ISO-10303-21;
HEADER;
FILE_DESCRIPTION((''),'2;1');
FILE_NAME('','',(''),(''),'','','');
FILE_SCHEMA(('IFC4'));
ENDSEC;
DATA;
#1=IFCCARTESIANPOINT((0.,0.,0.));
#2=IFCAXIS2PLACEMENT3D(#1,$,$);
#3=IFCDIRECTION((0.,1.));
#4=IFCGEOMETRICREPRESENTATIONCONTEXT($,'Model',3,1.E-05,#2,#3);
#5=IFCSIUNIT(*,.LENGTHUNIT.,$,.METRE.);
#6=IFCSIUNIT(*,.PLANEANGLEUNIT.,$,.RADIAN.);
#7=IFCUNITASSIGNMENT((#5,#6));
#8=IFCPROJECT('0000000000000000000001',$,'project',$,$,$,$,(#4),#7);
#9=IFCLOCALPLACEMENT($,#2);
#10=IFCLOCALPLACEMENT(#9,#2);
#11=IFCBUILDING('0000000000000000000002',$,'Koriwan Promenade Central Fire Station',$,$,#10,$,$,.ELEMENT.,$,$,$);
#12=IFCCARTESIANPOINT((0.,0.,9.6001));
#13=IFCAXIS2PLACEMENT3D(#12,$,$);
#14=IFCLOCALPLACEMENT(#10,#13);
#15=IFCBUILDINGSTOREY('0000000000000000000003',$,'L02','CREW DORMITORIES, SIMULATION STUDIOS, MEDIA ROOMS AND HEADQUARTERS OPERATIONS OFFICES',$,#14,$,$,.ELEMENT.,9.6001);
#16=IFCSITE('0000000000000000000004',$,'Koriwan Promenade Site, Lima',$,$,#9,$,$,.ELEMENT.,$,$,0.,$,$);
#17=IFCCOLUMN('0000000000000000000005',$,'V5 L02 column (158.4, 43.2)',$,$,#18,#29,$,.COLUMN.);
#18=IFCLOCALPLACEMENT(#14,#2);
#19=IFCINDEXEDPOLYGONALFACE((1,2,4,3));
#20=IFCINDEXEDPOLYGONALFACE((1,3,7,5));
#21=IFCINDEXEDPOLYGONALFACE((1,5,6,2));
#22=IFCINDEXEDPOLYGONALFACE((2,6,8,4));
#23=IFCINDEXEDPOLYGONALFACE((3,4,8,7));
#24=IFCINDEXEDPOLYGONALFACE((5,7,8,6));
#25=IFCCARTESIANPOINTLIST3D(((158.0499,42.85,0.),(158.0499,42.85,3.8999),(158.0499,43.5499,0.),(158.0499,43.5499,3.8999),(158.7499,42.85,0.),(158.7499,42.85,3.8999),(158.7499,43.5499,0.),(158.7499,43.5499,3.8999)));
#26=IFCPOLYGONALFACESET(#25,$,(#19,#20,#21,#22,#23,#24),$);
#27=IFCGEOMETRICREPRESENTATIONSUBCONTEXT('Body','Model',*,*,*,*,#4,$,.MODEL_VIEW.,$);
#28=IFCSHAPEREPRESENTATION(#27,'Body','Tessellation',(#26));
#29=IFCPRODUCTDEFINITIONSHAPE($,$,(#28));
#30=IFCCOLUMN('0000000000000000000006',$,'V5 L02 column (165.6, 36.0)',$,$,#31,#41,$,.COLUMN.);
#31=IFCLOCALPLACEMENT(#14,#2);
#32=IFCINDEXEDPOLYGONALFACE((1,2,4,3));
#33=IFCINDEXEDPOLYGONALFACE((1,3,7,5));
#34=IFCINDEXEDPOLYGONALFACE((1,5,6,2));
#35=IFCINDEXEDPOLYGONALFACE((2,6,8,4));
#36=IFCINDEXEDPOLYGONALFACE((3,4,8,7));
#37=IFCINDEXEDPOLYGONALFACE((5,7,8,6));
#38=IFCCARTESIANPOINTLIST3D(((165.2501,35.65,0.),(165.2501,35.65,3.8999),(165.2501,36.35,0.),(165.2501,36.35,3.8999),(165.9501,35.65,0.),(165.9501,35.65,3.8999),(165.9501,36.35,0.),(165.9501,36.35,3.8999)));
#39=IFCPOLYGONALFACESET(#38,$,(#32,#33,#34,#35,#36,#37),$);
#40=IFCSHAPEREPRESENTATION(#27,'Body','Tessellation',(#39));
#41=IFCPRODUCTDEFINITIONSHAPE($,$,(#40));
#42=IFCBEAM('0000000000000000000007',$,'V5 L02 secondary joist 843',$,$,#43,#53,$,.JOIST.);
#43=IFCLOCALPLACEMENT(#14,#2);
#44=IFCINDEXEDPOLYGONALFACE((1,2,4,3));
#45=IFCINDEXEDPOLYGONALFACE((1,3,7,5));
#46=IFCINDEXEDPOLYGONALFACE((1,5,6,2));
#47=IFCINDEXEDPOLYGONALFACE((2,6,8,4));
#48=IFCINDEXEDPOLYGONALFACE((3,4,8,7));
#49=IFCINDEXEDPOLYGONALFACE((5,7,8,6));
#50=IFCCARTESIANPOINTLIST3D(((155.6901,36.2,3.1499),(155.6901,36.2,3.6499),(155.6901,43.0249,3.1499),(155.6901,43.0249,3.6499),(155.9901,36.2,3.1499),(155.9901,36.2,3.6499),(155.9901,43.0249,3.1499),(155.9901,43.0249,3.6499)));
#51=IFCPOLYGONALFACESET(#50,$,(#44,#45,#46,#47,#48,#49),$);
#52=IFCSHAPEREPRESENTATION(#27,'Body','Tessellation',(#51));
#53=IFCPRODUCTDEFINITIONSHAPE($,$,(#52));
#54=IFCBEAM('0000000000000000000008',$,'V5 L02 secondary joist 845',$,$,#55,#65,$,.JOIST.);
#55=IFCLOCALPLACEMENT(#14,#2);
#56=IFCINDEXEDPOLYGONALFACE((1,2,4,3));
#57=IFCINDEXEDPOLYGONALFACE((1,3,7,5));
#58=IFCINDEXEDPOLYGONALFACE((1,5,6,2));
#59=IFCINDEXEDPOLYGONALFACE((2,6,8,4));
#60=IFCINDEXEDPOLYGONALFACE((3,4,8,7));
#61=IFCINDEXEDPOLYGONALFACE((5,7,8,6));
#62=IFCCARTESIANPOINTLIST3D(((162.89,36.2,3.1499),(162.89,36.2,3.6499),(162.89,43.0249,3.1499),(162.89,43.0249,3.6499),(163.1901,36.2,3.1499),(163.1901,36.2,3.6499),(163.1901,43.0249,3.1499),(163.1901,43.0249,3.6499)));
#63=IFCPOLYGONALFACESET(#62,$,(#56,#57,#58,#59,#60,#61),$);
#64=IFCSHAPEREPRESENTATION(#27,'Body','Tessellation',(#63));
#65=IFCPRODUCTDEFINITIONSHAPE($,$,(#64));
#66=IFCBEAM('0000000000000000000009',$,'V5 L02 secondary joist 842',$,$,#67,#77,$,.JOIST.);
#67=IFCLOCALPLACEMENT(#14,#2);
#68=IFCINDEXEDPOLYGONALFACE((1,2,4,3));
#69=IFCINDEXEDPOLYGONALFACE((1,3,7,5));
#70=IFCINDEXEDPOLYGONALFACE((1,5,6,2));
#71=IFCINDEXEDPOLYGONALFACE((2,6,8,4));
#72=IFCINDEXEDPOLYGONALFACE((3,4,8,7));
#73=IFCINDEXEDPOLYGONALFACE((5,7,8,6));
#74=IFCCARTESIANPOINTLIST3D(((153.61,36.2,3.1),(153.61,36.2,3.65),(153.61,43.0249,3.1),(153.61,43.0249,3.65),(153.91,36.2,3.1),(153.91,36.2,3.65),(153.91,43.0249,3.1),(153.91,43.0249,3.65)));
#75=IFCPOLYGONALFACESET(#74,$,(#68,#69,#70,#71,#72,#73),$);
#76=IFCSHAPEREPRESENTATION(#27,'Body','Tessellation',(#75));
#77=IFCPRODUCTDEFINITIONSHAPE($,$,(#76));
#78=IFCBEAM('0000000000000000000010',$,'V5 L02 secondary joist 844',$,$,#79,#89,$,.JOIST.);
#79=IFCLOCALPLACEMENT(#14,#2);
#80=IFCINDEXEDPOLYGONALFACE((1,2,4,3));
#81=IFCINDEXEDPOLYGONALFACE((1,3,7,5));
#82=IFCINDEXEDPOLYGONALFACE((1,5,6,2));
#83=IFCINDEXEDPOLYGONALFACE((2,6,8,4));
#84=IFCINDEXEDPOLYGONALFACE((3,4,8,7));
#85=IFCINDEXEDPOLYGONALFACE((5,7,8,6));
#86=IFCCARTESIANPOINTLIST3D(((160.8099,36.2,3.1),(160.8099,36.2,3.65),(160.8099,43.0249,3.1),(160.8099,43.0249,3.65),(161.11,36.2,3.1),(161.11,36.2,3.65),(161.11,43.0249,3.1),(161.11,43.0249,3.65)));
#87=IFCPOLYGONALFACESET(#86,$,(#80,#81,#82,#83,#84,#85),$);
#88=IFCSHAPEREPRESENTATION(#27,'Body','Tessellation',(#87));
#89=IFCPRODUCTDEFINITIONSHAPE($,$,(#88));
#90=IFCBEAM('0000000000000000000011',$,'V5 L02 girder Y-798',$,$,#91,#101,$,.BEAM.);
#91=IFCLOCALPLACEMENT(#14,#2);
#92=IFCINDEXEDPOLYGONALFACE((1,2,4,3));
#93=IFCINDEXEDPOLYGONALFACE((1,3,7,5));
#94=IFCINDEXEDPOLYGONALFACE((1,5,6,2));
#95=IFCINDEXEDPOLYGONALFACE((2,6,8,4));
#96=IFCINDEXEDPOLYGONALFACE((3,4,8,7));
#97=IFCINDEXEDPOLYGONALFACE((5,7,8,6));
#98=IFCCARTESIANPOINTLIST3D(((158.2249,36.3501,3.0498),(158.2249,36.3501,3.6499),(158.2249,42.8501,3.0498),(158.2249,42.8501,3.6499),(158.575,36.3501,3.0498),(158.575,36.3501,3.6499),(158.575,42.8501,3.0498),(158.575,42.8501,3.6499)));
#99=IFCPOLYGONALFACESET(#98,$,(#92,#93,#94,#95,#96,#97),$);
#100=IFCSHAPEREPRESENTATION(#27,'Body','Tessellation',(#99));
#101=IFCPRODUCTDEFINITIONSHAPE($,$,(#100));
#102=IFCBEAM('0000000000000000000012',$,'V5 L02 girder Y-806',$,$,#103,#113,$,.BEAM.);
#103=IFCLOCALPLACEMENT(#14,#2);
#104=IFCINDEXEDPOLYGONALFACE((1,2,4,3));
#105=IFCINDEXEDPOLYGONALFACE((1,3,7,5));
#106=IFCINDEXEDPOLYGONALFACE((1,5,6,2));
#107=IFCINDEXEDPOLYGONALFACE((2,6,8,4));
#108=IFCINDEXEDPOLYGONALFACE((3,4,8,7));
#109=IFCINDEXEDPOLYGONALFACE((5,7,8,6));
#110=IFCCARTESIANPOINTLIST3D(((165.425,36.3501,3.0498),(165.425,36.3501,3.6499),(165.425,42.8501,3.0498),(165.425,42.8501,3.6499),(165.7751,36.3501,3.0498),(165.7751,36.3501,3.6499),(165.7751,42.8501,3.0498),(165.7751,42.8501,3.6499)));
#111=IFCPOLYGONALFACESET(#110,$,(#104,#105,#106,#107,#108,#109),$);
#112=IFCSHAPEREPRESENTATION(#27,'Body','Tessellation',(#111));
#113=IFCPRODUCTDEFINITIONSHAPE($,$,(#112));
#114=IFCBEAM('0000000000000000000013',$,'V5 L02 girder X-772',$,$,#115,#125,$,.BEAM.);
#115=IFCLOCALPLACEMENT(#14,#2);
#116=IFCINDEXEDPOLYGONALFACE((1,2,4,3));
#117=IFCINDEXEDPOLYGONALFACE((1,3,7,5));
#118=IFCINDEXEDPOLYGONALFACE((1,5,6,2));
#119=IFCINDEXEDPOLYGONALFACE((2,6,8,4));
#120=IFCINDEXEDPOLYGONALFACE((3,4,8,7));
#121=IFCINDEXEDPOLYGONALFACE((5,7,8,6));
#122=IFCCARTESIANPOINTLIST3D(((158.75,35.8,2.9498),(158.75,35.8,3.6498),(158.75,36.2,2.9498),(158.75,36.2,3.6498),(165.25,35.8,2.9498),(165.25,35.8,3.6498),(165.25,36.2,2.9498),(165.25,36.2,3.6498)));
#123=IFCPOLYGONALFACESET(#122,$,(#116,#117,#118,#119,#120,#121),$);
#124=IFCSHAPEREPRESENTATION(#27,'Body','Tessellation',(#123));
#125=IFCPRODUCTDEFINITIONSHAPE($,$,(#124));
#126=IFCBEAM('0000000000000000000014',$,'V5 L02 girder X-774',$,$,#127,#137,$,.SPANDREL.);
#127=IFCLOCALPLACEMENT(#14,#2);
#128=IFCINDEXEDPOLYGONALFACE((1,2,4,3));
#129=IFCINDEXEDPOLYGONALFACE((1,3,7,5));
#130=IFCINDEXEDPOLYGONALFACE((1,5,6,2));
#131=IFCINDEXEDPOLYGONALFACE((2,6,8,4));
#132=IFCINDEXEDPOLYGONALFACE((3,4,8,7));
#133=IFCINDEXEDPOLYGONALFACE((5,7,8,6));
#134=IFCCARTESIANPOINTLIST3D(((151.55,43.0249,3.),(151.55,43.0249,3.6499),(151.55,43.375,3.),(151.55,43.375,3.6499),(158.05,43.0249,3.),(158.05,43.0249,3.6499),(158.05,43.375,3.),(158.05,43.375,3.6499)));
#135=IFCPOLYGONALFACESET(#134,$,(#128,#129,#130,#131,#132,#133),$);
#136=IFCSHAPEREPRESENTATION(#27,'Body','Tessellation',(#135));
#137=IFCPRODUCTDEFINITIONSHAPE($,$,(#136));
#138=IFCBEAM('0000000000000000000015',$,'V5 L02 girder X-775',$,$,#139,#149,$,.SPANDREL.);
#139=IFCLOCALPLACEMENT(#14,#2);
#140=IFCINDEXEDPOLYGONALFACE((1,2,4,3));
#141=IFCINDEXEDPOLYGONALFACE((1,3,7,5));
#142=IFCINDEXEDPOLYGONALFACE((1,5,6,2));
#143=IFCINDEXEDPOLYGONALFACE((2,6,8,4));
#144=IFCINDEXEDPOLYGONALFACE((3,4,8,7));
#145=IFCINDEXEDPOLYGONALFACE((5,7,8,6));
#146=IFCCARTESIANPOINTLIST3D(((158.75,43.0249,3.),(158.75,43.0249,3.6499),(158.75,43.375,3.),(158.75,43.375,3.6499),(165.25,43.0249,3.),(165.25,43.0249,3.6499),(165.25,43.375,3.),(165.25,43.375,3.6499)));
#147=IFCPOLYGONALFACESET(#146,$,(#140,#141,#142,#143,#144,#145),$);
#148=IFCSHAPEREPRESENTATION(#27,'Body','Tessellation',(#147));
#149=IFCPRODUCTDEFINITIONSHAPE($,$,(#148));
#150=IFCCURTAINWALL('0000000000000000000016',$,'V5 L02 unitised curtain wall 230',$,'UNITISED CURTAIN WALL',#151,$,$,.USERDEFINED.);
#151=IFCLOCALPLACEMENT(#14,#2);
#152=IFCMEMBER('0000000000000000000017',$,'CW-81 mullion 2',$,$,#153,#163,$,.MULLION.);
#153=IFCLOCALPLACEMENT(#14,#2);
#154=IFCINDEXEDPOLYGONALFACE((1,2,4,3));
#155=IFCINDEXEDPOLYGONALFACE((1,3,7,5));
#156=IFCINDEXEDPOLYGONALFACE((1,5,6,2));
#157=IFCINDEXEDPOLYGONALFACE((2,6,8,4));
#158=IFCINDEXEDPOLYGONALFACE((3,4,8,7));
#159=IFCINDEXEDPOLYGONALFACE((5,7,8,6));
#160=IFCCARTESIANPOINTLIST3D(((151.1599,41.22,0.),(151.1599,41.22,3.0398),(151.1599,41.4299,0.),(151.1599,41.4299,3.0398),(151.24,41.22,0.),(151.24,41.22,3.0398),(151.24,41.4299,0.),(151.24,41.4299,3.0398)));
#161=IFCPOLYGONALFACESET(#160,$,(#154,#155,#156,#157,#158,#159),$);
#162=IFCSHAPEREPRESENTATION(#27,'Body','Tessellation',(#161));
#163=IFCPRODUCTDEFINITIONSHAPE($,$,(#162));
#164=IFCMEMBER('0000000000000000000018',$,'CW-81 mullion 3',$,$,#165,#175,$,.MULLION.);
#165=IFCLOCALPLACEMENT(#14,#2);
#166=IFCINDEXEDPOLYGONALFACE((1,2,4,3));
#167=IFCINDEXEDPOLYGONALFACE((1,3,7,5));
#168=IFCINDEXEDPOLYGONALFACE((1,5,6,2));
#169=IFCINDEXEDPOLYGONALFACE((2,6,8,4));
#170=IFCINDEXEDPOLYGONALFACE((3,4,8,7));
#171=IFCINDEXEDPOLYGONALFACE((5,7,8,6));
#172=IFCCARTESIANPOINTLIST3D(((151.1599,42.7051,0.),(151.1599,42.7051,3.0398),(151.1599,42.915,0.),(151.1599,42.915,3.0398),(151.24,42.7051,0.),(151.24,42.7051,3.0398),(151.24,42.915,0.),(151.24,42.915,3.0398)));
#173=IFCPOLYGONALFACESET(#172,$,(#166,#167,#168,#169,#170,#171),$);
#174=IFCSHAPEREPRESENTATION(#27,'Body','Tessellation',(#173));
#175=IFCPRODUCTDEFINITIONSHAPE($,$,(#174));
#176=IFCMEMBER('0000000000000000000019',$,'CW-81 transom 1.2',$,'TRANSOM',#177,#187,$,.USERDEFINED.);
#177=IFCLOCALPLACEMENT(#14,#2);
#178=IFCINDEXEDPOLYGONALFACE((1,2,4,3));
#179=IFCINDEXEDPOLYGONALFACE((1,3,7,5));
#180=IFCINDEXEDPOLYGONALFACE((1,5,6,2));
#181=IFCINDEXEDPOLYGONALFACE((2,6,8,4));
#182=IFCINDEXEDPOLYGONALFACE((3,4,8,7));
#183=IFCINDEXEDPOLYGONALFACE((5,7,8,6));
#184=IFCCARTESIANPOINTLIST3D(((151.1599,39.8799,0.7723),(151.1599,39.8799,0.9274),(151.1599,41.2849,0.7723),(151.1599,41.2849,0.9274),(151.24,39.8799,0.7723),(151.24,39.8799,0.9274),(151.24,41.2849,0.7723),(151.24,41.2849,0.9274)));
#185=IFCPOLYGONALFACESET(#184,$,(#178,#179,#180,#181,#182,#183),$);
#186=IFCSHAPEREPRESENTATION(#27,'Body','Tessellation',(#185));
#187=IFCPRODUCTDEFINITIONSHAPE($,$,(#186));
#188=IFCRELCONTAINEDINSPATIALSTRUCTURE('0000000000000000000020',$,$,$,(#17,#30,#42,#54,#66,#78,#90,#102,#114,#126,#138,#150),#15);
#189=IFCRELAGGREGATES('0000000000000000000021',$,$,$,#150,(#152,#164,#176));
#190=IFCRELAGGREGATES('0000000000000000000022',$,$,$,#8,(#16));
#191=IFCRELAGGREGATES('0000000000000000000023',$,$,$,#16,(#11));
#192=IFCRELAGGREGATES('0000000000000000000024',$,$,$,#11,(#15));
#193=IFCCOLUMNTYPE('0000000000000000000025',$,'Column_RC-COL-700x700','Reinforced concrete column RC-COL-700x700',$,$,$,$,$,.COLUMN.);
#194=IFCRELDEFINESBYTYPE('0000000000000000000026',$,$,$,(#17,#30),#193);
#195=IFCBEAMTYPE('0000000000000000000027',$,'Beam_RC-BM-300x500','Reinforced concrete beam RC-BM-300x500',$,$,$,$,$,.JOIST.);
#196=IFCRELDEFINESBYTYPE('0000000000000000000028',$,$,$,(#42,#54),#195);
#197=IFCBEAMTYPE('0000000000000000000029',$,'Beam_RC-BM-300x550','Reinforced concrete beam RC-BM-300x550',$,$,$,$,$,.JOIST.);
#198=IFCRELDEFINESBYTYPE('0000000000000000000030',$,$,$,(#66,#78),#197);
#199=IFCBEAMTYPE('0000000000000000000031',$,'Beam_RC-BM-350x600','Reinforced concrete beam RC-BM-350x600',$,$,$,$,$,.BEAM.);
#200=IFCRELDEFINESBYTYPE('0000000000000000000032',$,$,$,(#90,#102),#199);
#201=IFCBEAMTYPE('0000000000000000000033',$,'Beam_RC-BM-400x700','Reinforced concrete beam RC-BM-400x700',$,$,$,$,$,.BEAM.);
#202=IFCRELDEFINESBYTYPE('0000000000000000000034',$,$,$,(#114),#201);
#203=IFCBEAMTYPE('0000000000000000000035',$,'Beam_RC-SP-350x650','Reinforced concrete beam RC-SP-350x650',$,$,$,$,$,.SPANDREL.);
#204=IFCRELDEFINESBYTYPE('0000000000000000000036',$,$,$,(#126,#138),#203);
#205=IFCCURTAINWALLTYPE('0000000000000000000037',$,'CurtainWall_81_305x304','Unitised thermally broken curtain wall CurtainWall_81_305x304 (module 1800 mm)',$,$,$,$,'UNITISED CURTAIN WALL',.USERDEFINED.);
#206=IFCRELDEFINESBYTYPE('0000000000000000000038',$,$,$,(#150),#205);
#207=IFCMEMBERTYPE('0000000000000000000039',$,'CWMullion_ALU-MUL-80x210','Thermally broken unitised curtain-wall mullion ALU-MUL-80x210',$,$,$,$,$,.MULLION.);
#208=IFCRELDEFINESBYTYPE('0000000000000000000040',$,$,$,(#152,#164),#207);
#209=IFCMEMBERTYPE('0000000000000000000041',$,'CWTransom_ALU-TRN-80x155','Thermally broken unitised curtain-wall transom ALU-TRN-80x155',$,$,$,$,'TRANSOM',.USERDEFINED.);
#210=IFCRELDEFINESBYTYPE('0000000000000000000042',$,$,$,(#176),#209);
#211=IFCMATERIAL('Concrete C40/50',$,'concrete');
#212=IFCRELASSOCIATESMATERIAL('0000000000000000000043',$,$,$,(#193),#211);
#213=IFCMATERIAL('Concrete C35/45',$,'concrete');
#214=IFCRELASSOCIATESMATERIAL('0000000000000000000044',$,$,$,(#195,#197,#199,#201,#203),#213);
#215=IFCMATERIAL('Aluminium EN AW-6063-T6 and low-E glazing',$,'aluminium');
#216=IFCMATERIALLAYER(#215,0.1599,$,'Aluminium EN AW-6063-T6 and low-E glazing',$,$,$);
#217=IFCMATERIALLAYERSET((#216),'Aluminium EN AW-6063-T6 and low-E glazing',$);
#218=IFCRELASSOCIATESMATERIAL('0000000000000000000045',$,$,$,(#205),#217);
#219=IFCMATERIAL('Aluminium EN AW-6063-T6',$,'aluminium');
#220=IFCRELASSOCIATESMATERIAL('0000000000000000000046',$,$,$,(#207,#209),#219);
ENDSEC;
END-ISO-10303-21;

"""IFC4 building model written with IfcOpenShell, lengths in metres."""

from ifc_helpers import new_model, si_unit, direction, frame, origin, origin_2d, place, context, subcontext, project, spatial, rectangle, extrude, material, layer, layer_set, material_profile, profile_set, type_object, element, aggregate, save


model = new_model("IFC4")

# Units and contexts
model_context = context("Model", 3, precision=1e-05, world=origin(), true_north=direction((0.0, 1.0)))
body_context = subcontext(model_context, "Body", "Model", "MODEL_VIEW")
ifc_project = project(units=[si_unit("LENGTHUNIT", "METRE"), si_unit("PLANEANGLEUNIT", "RADIAN")], contexts=[model_context])

# Site, building, storey
site_placement = place(None, origin())
site = spatial("IfcSite", under=ifc_project, at=site_placement, Name="Koriwan Promenade Site, Lima", CompositionType="ELEMENT", RefElevation=0.0)
building_placement = place(site_placement, origin())
building = spatial("IfcBuilding", under=site, at=building_placement, Name="Koriwan Promenade Central Fire Station", CompositionType="ELEMENT")
storey_placement = place(building_placement, frame((0.0, 0.0, 9.6001)))
storey = spatial("IfcBuildingStorey", under=building, at=storey_placement, Name="L02", Description="CREW DORMITORIES, SIMULATION STUDIOS, MEDIA ROOMS AND HEADQUARTERS OPERATIONS OFFICES", CompositionType="ELEMENT", Elevation=9.6001)

# Columns
ifc_material_1 = material(Name="Concrete C40/50", Category="concrete")
ifc_material_profile_1 = material_profile(ifc_material_1, rectangle(XDim=0.7, YDim=0.7, at=origin_2d()), Name="RC-COL-700x700")
ifc_profile_set_1 = profile_set([ifc_material_profile_1], Name="Concrete C40/50")
column_type = type_object("IfcColumnType", Name="Column_RC-COL-700x700", Description="Reinforced concrete column RC-COL-700x700", PredefinedType="COLUMN", material=ifc_profile_set_1)
for number, where, z_axis, x_axis, name in (
    (1, (158.3999, 43.2, 0.0), (0.0, 0.0, 1.0), (1.0, 0.0, 0.0), "V5 L02 column (158.4, 43.2)"),
    (2, (165.6001, 36.0, 0.0), (0.0, 0.0, 1.0), (1.0, 0.0, 0.0), "V5 L02 column (165.6, 36.0)"),
):
    element("IfcColumn", number, at=place(storey_placement, frame(where, z_axis=z_axis, x_axis=x_axis)), inside=storey, type_object=column_type, Name=name, PredefinedType="COLUMN", context=body_context, shape_type="SweptSolid", body=[
        extrude(rectangle(XDim=0.7, YDim=0.7, at=origin_2d()), origin(), (0.0, 0.0, 1.0), 3.8999),
    ])

# Beams
ifc_material_2 = material(Name="Concrete C35/45", Category="concrete")
ifc_material_profile_2 = material_profile(ifc_material_2, rectangle(XDim=0.3, YDim=0.5, at=origin_2d()), Name="RC-BM-300x500")
ifc_profile_set_2 = profile_set([ifc_material_profile_2], Name="Concrete C35/45")
beam_type_1 = type_object("IfcBeamType", Name="Beam_RC-BM-300x500", Description="Reinforced concrete beam RC-BM-300x500", PredefinedType="JOIST", material=ifc_profile_set_2)
for number, where, z_axis, x_axis, name in (
    (3, (155.8401, 36.2, 3.3999), (0.0, 1.0, 0.0), (-1.0, 0.0, 0.0), "V5 L02 secondary joist 843"),
    (4, (163.04, 36.2, 3.3999), (0.0, 1.0, 0.0), (-1.0, 0.0, 0.0), "V5 L02 secondary joist 845"),
):
    element("IfcBeam", number, at=place(storey_placement, frame(where, z_axis=z_axis, x_axis=x_axis)), inside=storey, type_object=beam_type_1, Name=name, PredefinedType="JOIST", context=body_context, shape_type="SweptSolid", body=[
        extrude(rectangle(XDim=0.3, YDim=0.5, at=origin_2d()), origin(), (0.0, 0.0, 1.0), 6.825),
    ])
ifc_material_profile_3 = material_profile(ifc_material_2, rectangle(XDim=0.3, YDim=0.55, at=origin_2d()), Name="RC-BM-300x550")
ifc_profile_set_3 = profile_set([ifc_material_profile_3], Name="Concrete C35/45")
beam_type_2 = type_object("IfcBeamType", Name="Beam_RC-BM-300x550", Description="Reinforced concrete beam RC-BM-300x550", PredefinedType="JOIST", material=ifc_profile_set_3)
for number, where, z_axis, x_axis, name in (
    (5, (153.76, 36.2, 3.375), (0.0, 1.0, 0.0), (-1.0, 0.0, 0.0), "V5 L02 secondary joist 842"),
    (6, (160.96, 36.2, 3.375), (0.0, 1.0, 0.0), (-1.0, 0.0, 0.0), "V5 L02 secondary joist 844"),
):
    element("IfcBeam", number, at=place(storey_placement, frame(where, z_axis=z_axis, x_axis=x_axis)), inside=storey, type_object=beam_type_2, Name=name, PredefinedType="JOIST", context=body_context, shape_type="SweptSolid", body=[
        extrude(rectangle(XDim=0.3, YDim=0.55, at=origin_2d()), origin(), (0.0, 0.0, 1.0), 6.825),
    ])
ifc_material_profile_4 = material_profile(ifc_material_2, rectangle(XDim=0.3501, YDim=0.6001, at=origin_2d()), Name="RC-BM-350x600")
ifc_profile_set_4 = profile_set([ifc_material_profile_4], Name="Concrete C35/45")
beam_type_3 = type_object("IfcBeamType", Name="Beam_RC-BM-350x600", Description="Reinforced concrete beam RC-BM-350x600", PredefinedType="BEAM", material=ifc_profile_set_4)
for number, where, z_axis, x_axis, name in (
    (7, (158.3999, 36.3501, 3.3499), (0.0, 1.0, 0.0), (-1.0, 0.0, 0.0), "V5 L02 girder Y-798"),
    (8, (165.6001, 36.3501, 3.3499), (0.0, 1.0, 0.0), (-1.0, 0.0, 0.0), "V5 L02 girder Y-806"),
):
    element("IfcBeam", number, at=place(storey_placement, frame(where, z_axis=z_axis, x_axis=x_axis)), inside=storey, type_object=beam_type_3, Name=name, PredefinedType="BEAM", context=body_context, shape_type="SweptSolid", body=[
        extrude(rectangle(XDim=0.3501, YDim=0.6001, at=origin_2d()), origin(), (0.0, 0.0, 1.0), 6.5),
    ])
ifc_material_profile_5 = material_profile(ifc_material_2, rectangle(XDim=0.3999, YDim=0.7, at=origin_2d()), Name="RC-BM-400x700")
ifc_profile_set_5 = profile_set([ifc_material_profile_5], Name="Concrete C35/45")
beam_type_4 = type_object("IfcBeamType", Name="Beam_RC-BM-400x700", Description="Reinforced concrete beam RC-BM-400x700", PredefinedType="BEAM", material=ifc_profile_set_5)
beam_placement = place(storey_placement, frame((158.75, 36.0, 3.2998), z_axis=(1.0, 0.0, 0.0), x_axis=(0.0, 1.0, 0.0)))
element("IfcBeam", 9, at=beam_placement, inside=storey, type_object=beam_type_4, Name="V5 L02 girder X-772", PredefinedType="BEAM", context=body_context, shape_type="SweptSolid", body=[
    extrude(rectangle(XDim=0.3999, YDim=0.7, at=origin_2d()), origin(), (0.0, 0.0, 1.0), 6.5),
])
ifc_material_profile_6 = material_profile(ifc_material_2, rectangle(XDim=0.3501, YDim=0.6499, at=origin_2d()), Name="RC-SP-350x650")
ifc_profile_set_6 = profile_set([ifc_material_profile_6], Name="Concrete C35/45")
beam_type_5 = type_object("IfcBeamType", Name="Beam_RC-SP-350x650", Description="Reinforced concrete beam RC-SP-350x650", PredefinedType="SPANDREL", material=ifc_profile_set_6)
for number, where, z_axis, x_axis, name in (
    (10, (151.55, 43.2, 3.325), (1.0, 0.0, 0.0), (0.0, 1.0, 0.0), "V5 L02 girder X-774"),
    (11, (158.75, 43.2, 3.325), (1.0, 0.0, 0.0), (0.0, 1.0, 0.0), "V5 L02 girder X-775"),
):
    element("IfcBeam", number, at=place(storey_placement, frame(where, z_axis=z_axis, x_axis=x_axis)), inside=storey, type_object=beam_type_5, Name=name, PredefinedType="SPANDREL", context=body_context, shape_type="SweptSolid", body=[
        extrude(rectangle(XDim=0.3501, YDim=0.6499, at=origin_2d()), origin(), (0.0, 0.0, 1.0), 6.5),
    ])

# Curtain wall, members
ifc_material_3 = material(Name="Aluminium EN AW-6063-T6 and low-E glazing", Category="aluminium")
ifc_layer_1 = layer(ifc_material_3, 0.1599, Name="Aluminium EN AW-6063-T6 and low-E glazing")
ifc_layer_set_1 = layer_set([ifc_layer_1], Name="Aluminium EN AW-6063-T6 and low-E glazing")
curtain_wall_type = type_object("IfcCurtainWallType", Name="CurtainWall_81_305x304", Description="Unitised thermally broken curtain wall CurtainWall_81_305x304 (module 1800 mm)", ElementType="UNITISED CURTAIN WALL", PredefinedType="USERDEFINED", material=ifc_layer_set_1)
curtain_wall_placement = place(storey_placement, origin())
curtain_wall = element("IfcCurtainWall", 12, at=curtain_wall_placement, inside=storey, type_object=curtain_wall_type, Name="V5 L02 unitised curtain wall 230", ObjectType="UNITISED CURTAIN WALL", PredefinedType="USERDEFINED")
ifc_material_4 = material(Name="Aluminium EN AW-6063-T6", Category="aluminium")
ifc_material_profile_7 = material_profile(ifc_material_4, rectangle(XDim=0.0801, YDim=0.21, at=origin_2d()), Name="ALU-MUL-80x210")
ifc_profile_set_7 = profile_set([ifc_material_profile_7], Name="Aluminium EN AW-6063-T6")
member_type_1 = type_object("IfcMemberType", Name="CWMullion_ALU-MUL-80x210", Description="Thermally broken unitised curtain-wall mullion ALU-MUL-80x210", PredefinedType="MULLION", material=ifc_profile_set_7)
member_1_placement = place(storey_placement, frame((151.2, 41.325, 0.0), z_axis=(0.0, 0.0, 1.0), x_axis=(-1.0, 0.0, 0.0)))
member_1 = element("IfcMember", 13, at=member_1_placement, type_object=member_type_1, Name="CW-81 mullion 2", PredefinedType="MULLION", context=body_context, shape_type="SweptSolid", body=[
    extrude(rectangle(XDim=0.0801, YDim=0.21, at=origin_2d()), origin(), (0.0, 0.0, 1.0), 3.0398),
])
member_2_placement = place(storey_placement, frame((151.2, 42.8101, 0.0), z_axis=(0.0, 0.0, 1.0), x_axis=(-1.0, 0.0, 0.0)))
member_2 = element("IfcMember", 14, at=member_2_placement, type_object=member_type_1, Name="CW-81 mullion 3", PredefinedType="MULLION", context=body_context, shape_type="SweptSolid", body=[
    extrude(rectangle(XDim=0.0801, YDim=0.21, at=origin_2d()), origin(), (0.0, 0.0, 1.0), 3.0398),
])
ifc_material_profile_8 = material_profile(ifc_material_4, rectangle(XDim=0.0801, YDim=0.155, at=origin_2d()), Name="ALU-TRN-80x155")
ifc_profile_set_8 = profile_set([ifc_material_profile_8], Name="Aluminium EN AW-6063-T6")
member_type_2 = type_object("IfcMemberType", Name="CWTransom_ALU-TRN-80x155", Description="Thermally broken unitised curtain-wall transom ALU-TRN-80x155", ElementType="TRANSOM", PredefinedType="USERDEFINED", material=ifc_profile_set_8)
member_3_placement = place(storey_placement, frame((151.2, 39.8799, 0.8499), z_axis=(0.0, 1.0, 0.0), x_axis=(-1.0, 0.0, 0.0)))
member_3 = element("IfcMember", 15, at=member_3_placement, type_object=member_type_2, Name="CW-81 transom 1.2", ObjectType="TRANSOM", PredefinedType="USERDEFINED", context=body_context, shape_type="SweptSolid", body=[
    extrude(rectangle(XDim=0.0801, YDim=0.155, at=origin_2d()), origin(), (0.0, 0.0, 1.0), 1.405),
])
aggregate(curtain_wall, [member_1, member_2, member_3])

save(model, "model.ifc")
